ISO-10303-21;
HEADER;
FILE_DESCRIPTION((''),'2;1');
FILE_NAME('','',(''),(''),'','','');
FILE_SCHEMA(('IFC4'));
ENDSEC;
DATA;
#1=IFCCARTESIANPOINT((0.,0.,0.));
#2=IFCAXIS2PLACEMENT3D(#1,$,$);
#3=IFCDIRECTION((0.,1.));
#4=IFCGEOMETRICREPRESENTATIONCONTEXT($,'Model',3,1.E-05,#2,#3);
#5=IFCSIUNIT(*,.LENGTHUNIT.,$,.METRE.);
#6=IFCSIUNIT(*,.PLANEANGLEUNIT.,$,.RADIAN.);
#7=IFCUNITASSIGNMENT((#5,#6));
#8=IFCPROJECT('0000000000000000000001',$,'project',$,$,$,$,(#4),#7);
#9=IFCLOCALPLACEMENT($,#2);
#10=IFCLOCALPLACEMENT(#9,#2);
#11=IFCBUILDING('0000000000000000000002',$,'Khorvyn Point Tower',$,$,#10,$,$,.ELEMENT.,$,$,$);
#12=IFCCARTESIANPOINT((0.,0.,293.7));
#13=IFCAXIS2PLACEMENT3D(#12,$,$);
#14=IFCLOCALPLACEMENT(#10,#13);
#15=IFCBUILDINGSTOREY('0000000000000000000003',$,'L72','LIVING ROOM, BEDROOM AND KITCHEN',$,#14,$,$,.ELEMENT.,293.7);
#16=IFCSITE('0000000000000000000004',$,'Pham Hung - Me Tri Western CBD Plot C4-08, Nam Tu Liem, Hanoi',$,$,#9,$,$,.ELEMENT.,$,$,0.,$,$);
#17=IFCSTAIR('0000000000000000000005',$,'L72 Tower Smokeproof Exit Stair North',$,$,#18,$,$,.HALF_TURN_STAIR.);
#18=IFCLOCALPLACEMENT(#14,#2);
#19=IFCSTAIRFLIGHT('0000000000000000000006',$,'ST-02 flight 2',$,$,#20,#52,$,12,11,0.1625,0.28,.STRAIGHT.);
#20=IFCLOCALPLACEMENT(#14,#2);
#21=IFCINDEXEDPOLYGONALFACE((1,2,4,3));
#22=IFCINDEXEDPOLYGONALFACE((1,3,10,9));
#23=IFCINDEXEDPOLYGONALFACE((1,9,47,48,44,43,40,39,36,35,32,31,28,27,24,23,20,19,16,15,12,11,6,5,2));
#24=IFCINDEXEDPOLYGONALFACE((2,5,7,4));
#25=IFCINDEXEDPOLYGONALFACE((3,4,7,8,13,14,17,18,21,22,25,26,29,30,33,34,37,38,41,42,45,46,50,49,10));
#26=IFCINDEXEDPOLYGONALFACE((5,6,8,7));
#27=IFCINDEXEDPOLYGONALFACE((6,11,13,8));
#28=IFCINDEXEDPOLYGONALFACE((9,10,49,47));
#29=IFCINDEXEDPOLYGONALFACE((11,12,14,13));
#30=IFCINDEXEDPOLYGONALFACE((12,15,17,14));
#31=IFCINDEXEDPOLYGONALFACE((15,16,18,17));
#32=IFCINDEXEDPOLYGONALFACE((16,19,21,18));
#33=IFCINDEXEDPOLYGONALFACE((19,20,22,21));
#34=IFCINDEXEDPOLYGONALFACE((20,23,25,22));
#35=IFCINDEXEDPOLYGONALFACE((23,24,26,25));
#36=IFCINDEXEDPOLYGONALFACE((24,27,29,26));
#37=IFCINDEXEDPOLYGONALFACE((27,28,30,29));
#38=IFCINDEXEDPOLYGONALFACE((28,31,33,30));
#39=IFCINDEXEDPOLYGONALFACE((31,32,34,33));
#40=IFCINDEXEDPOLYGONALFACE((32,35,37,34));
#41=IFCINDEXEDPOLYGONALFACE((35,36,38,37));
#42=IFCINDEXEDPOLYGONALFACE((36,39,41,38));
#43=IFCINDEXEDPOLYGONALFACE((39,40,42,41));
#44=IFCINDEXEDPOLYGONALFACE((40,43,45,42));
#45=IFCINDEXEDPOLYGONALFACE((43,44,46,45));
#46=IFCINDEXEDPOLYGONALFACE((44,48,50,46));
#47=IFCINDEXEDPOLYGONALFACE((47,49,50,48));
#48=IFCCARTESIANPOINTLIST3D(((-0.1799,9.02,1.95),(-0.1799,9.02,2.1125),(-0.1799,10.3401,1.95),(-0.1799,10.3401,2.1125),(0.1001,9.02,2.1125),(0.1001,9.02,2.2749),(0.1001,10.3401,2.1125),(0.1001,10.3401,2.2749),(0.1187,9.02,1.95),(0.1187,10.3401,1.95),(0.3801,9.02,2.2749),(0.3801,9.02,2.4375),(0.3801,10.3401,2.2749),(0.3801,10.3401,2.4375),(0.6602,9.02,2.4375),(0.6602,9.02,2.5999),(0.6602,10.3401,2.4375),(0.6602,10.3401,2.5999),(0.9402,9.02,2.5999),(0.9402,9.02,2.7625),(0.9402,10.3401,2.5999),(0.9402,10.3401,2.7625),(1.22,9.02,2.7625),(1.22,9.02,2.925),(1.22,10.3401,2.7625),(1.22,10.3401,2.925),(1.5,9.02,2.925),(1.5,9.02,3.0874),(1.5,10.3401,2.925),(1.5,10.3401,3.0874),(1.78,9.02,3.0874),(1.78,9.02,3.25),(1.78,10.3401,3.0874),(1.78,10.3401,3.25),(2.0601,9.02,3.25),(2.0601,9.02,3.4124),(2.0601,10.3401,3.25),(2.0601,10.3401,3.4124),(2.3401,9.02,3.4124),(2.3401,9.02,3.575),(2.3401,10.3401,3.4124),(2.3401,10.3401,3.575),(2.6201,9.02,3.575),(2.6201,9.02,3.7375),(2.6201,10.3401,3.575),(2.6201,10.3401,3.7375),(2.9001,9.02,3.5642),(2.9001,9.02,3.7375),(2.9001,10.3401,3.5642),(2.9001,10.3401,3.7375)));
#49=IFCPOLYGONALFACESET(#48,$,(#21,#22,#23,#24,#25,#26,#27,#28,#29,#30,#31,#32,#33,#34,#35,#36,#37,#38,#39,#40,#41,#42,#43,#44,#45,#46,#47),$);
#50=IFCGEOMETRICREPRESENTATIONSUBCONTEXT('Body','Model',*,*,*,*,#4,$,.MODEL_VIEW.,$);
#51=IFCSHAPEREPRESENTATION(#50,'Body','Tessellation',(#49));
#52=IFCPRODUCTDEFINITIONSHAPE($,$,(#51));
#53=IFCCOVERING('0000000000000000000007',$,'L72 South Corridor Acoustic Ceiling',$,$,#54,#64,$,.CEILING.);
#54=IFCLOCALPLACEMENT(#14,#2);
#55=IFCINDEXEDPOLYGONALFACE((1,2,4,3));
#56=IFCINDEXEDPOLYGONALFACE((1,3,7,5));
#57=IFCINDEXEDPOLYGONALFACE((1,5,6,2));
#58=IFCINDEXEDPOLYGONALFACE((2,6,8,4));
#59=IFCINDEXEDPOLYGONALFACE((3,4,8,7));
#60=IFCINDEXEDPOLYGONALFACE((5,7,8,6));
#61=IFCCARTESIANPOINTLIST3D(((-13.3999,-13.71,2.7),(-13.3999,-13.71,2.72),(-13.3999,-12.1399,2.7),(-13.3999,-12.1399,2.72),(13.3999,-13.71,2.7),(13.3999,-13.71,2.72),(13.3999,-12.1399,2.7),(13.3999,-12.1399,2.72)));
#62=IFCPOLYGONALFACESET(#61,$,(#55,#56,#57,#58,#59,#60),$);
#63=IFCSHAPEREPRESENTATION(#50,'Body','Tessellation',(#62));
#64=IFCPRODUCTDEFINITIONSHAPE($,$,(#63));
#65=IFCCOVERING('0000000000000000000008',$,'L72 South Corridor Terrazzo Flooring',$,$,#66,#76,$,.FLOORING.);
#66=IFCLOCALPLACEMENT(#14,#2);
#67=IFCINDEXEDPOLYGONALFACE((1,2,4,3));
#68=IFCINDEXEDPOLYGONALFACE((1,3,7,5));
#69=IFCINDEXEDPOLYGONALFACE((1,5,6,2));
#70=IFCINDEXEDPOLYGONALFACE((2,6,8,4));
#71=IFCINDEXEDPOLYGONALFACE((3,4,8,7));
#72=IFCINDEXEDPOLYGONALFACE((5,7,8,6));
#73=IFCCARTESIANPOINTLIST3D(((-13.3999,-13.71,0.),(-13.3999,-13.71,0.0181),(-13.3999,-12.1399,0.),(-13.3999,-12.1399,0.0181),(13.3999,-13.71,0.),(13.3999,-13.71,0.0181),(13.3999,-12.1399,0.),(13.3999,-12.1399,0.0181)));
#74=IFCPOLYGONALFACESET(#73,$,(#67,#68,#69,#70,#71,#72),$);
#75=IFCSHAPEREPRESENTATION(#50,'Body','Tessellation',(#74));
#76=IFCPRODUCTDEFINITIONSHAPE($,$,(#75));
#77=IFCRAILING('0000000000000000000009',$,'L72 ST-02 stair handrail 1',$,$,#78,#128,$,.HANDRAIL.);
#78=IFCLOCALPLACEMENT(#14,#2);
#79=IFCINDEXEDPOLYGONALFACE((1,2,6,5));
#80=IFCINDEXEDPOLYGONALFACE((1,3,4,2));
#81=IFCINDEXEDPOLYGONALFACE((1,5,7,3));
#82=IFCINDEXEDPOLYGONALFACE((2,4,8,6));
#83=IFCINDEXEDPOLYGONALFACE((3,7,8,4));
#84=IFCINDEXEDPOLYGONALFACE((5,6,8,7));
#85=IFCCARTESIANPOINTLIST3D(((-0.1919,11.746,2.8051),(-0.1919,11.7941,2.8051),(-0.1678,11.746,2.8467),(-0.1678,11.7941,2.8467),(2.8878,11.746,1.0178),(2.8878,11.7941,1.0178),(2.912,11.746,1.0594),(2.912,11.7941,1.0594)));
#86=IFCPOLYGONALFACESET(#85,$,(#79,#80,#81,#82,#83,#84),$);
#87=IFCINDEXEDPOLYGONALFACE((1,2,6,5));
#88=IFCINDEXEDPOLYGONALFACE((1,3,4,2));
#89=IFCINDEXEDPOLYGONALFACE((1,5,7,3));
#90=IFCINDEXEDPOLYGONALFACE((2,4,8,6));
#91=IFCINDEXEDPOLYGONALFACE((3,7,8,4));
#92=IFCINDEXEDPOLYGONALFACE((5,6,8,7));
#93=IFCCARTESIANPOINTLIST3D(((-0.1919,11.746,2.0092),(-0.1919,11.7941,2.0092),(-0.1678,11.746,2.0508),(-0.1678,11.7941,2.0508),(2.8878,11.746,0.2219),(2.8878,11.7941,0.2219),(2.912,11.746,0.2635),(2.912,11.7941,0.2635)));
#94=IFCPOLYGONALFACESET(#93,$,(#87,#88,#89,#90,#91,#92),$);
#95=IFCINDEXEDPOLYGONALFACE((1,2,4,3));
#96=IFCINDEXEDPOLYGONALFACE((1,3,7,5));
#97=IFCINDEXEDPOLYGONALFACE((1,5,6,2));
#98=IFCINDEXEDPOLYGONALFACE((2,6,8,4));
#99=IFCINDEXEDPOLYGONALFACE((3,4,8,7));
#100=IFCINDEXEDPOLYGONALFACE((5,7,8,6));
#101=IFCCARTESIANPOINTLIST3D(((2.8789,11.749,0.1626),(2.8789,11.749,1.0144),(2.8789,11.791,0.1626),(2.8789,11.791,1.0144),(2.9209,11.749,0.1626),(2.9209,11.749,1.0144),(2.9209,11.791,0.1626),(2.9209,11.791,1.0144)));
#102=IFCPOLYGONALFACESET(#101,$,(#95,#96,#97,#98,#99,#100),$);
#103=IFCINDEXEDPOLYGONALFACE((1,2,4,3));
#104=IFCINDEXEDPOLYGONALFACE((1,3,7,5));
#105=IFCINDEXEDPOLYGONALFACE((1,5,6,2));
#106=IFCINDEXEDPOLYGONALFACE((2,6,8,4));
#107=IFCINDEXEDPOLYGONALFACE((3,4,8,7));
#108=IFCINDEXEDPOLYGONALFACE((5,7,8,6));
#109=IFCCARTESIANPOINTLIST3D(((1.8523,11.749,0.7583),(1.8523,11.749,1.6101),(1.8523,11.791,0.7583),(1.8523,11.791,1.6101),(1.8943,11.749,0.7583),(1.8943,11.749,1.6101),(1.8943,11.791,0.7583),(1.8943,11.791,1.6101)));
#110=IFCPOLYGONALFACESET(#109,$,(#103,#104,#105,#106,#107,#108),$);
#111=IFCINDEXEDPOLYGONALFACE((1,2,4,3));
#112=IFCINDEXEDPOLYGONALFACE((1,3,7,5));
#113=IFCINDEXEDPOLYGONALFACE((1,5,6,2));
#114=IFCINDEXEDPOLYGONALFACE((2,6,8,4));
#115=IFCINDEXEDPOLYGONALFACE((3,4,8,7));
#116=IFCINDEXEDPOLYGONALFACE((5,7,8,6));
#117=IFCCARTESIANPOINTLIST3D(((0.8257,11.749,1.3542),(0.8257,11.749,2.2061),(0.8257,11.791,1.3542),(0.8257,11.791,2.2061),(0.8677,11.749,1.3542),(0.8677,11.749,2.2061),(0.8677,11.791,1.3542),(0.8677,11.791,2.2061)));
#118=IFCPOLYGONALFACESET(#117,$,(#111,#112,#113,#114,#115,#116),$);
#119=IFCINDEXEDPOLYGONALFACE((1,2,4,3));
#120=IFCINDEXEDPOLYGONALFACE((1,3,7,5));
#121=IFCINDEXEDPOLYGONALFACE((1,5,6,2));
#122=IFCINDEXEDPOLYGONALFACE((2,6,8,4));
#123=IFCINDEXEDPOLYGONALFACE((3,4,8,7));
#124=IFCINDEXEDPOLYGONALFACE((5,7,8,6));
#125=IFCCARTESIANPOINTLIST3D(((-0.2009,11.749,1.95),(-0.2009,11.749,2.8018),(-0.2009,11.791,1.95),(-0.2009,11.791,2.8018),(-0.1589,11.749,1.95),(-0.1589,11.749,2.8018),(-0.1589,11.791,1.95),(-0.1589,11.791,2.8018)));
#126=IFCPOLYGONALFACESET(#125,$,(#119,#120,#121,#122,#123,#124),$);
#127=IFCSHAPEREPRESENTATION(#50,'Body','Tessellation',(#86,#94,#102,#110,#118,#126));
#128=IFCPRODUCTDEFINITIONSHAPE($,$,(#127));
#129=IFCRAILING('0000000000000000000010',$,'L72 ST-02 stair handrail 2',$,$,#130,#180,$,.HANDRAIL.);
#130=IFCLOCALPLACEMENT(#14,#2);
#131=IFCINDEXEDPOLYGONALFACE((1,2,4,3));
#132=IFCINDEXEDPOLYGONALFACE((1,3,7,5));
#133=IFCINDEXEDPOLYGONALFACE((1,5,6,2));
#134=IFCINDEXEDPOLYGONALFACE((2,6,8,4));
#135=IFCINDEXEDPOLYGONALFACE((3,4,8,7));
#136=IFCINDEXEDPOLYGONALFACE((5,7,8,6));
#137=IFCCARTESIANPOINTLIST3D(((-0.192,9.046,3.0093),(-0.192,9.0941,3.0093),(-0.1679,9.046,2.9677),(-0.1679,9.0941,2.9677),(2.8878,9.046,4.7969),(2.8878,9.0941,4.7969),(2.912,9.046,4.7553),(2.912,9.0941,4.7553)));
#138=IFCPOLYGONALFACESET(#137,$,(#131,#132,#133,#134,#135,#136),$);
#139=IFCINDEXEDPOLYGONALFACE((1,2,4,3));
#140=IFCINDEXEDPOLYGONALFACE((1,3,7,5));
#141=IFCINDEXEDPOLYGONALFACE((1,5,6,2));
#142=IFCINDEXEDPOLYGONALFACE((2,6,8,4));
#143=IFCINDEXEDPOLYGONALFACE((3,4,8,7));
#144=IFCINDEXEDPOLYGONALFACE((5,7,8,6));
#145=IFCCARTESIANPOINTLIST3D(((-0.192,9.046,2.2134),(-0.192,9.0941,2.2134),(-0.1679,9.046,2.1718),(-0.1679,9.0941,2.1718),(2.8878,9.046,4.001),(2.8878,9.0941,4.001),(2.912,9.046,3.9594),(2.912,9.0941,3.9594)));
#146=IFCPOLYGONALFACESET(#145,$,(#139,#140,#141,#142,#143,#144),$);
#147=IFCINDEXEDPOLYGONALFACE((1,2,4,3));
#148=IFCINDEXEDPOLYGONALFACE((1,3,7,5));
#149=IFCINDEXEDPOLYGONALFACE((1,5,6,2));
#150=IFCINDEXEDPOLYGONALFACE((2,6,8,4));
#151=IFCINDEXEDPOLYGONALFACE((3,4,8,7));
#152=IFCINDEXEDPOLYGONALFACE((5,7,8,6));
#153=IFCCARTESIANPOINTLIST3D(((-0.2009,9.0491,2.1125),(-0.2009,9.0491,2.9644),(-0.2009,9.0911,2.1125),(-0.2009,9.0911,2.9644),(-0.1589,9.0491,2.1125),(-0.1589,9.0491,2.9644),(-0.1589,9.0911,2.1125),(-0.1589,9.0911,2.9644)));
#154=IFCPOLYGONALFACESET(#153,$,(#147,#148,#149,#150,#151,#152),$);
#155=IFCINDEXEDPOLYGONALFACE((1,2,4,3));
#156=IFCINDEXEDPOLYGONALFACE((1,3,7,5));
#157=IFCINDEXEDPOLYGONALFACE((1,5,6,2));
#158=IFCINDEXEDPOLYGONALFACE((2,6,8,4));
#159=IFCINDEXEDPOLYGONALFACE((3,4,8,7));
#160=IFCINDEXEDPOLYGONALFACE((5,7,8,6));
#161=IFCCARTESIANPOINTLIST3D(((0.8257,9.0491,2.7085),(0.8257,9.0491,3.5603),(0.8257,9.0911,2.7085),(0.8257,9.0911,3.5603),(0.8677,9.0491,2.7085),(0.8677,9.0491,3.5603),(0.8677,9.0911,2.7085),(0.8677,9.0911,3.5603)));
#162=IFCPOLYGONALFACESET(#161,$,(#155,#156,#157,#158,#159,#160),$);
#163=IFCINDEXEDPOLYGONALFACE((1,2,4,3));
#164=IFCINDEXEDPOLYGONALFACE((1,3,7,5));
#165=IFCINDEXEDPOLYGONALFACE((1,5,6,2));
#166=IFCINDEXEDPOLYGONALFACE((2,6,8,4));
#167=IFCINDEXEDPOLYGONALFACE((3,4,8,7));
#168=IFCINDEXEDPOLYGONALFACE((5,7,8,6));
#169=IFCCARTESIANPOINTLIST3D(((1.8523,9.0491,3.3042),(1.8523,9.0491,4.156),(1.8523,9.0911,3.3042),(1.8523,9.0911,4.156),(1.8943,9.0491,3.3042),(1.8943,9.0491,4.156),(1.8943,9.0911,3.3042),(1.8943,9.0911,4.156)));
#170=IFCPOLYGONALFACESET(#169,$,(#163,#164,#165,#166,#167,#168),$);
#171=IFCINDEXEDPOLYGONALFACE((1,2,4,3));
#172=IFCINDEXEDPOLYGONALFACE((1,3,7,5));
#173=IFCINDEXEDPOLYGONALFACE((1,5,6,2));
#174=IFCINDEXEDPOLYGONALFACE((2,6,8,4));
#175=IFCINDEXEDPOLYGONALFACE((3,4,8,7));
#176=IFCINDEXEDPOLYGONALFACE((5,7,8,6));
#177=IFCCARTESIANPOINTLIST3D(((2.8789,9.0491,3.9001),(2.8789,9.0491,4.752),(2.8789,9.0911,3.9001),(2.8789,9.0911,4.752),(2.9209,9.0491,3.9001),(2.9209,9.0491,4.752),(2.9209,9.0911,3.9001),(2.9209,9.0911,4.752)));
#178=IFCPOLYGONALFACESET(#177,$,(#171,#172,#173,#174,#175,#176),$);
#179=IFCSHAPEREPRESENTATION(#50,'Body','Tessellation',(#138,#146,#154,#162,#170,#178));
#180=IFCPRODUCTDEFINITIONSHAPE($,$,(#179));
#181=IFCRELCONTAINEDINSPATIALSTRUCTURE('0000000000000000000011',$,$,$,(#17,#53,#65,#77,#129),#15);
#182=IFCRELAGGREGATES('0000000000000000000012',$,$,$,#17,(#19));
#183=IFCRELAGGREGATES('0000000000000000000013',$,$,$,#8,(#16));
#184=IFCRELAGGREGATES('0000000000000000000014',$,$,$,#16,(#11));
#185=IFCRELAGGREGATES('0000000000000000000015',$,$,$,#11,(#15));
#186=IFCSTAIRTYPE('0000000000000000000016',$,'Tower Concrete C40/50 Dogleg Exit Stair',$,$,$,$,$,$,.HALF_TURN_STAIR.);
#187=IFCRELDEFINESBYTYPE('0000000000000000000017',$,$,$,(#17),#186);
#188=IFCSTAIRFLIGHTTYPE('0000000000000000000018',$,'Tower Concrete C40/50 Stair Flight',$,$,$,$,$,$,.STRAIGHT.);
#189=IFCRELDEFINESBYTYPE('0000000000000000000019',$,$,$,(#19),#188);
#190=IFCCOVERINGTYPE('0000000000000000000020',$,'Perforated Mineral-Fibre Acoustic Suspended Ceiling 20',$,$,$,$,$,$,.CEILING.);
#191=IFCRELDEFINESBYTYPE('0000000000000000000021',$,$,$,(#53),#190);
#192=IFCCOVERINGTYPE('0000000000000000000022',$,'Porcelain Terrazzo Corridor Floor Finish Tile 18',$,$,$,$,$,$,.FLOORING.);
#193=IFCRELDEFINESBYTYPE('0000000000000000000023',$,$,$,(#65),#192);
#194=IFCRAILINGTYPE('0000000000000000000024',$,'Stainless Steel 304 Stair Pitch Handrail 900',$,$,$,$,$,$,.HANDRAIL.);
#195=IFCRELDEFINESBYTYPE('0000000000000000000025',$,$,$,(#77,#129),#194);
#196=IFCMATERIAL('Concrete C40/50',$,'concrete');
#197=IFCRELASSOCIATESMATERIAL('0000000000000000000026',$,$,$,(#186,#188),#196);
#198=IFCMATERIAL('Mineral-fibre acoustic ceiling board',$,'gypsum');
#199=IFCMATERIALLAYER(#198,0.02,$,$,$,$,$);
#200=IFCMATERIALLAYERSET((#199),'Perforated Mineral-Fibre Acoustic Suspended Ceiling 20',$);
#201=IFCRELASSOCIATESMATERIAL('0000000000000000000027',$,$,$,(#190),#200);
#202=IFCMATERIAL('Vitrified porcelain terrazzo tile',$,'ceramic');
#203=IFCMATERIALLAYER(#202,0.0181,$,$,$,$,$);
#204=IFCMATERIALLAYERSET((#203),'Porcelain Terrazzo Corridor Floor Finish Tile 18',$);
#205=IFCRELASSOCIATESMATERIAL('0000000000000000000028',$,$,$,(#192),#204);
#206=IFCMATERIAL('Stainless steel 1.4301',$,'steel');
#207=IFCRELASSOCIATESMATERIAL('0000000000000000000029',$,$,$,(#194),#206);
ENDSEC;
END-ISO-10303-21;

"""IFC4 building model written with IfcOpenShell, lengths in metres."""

from ifc_helpers import new_model, si_unit, direction, frame, origin, origin_2d, place, context, subcontext, project, spatial, polyline, rectangle, outline, extrude, material, layer, layer_set, type_object, element, aggregate, save


model = new_model("IFC4")

# Units and contexts
model_context = context("Model", 3, precision=1e-05, world=origin(), true_north=direction((0.0, 1.0)))
body_context = subcontext(model_context, "Body", "Model", "MODEL_VIEW")
ifc_project = project(units=[si_unit("LENGTHUNIT", "METRE"), si_unit("PLANEANGLEUNIT", "RADIAN")], contexts=[model_context])

# Site, building, storey
site_placement = place(None, origin())
site = spatial("IfcSite", under=ifc_project, at=site_placement, Name="Pham Hung - Me Tri Western CBD Plot C4-08, Nam Tu Liem, Hanoi", CompositionType="ELEMENT", RefElevation=0.0)
building_placement = place(site_placement, origin())
building = spatial("IfcBuilding", under=site, at=building_placement, Name="Khorvyn Point Tower", CompositionType="ELEMENT")
storey_placement = place(building_placement, frame((0.0, 0.0, 293.7)))
storey = spatial("IfcBuildingStorey", under=building, at=storey_placement, Name="L72", Description="LIVING ROOM, BEDROOM AND KITCHEN", CompositionType="ELEMENT", Elevation=293.7)

# Shared definitions
ifc_material_1 = material(Name="Concrete C40/50", Category="concrete")

# Stair
stair_type = type_object("IfcStairType", Name="Tower Concrete C40/50 Dogleg Exit Stair", PredefinedType="HALF_TURN_STAIR", material=ifc_material_1)
stair_1_placement = place(storey_placement, origin())
stair_1 = element("IfcStair", 1, at=stair_1_placement, inside=storey, type_object=stair_type, Name="L72 Tower Smokeproof Exit Stair North", PredefinedType="HALF_TURN_STAIR")

# Shared definitions
ifc_material_2 = material(Name="Stainless steel 1.4301", Category="steel")

# Stair flight
stair_flight_type = type_object("IfcStairFlightType", Name="Tower Concrete C40/50 Stair Flight", PredefinedType="STRAIGHT", material=ifc_material_1)
stair_flight_1_placement = place(storey_placement, frame((-0.1799, 9.6799, 1.95), z_axis=(0.0, 0.0, 1.0), x_axis=(1.0, 0.0, 0.0)))
stair_flight_1 = element("IfcStairFlight", 2, at=stair_flight_1_placement, type_object=stair_flight_type, Name="ST-02 flight 2", NumberOfRisers=12, NumberOfTreads=11, PredefinedType="STRAIGHT", RiserHeight=0.1625, TreadLength=0.28, context=body_context, shape_type="SweptSolid", body=[
    extrude(outline(polyline([(0.0, 0.0), (0.0, 0.1626), (0.28, 0.1626), (0.28, 0.325), (0.5601, 0.325), (0.5601, 0.4875), (0.8401, 0.4875), (0.8401, 0.6499), (1.1201, 0.6499), (1.1201, 0.8125), (1.3999, 0.8125), (1.3999, 0.9751), (1.6799, 0.9751), (1.6799, 1.1375), (1.96, 1.1375), (1.96, 1.3), (2.24, 1.3), (2.24, 1.4624), (2.52, 1.4624), (2.52, 1.625), (2.8, 1.625), (2.8, 1.7876), (3.0801, 1.7876), (3.0801, 1.95), (3.0801, 1.6143), (0.2986, 0.0), (0.0, 0.0)])), frame((0.0, 0.6602, 0.0), z_axis=(0.0, -1.0, 0.0), x_axis=(1.0, 0.0, 0.0)), (0.0, 0.0, 1.0), 1.3201),
])
aggregate(stair_1, [stair_flight_1])

# Coverings
ifc_material_3 = material(Name="Mineral-fibre acoustic ceiling board", Category="gypsum")
ifc_layer_1 = layer(ifc_material_3, 0.02)
ifc_layer_set_1 = layer_set([ifc_layer_1], Name="Perforated Mineral-Fibre Acoustic Suspended Ceiling 20")
covering_type_1 = type_object("IfcCoveringType", Name="Perforated Mineral-Fibre Acoustic Suspended Ceiling 20", PredefinedType="CEILING", material=ifc_layer_set_1)
covering_1_placement = place(storey_placement, frame((0.0, 0.0, 2.7)))
element("IfcCovering", 3, at=covering_1_placement, inside=storey, type_object=covering_type_1, Name="L72 South Corridor Acoustic Ceiling", PredefinedType="CEILING", context=body_context, shape_type="SweptSolid", body=[
    extrude(outline(polyline([(-13.3999, -13.71), (13.3999, -13.71), (13.3999, -12.1399), (-13.3999, -12.1399), (-13.3999, -13.71)])), origin(), (0.0, 0.0, 1.0), 0.02),
])
ifc_material_4 = material(Name="Vitrified porcelain terrazzo tile", Category="ceramic")
ifc_layer_2 = layer(ifc_material_4, 0.0181)
ifc_layer_set_2 = layer_set([ifc_layer_2], Name="Porcelain Terrazzo Corridor Floor Finish Tile 18")
covering_type_2 = type_object("IfcCoveringType", Name="Porcelain Terrazzo Corridor Floor Finish Tile 18", PredefinedType="FLOORING", material=ifc_layer_set_2)
covering_2_placement = place(storey_placement, origin())
element("IfcCovering", 4, at=covering_2_placement, inside=storey, type_object=covering_type_2, Name="L72 South Corridor Terrazzo Flooring", PredefinedType="FLOORING", context=body_context, shape_type="SweptSolid", body=[
    extrude(outline(polyline([(-13.3999, -13.71), (13.3999, -13.71), (13.3999, -12.1399), (-13.3999, -12.1399), (-13.3999, -13.71)])), origin(), (0.0, 0.0, 1.0), 0.0181),
])

# Railings
railing_type_1 = type_object("IfcRailingType", Name="Stainless Steel 304 Stair Pitch Handrail 900", PredefinedType="HANDRAIL", material=ifc_material_2)
railing_1_placement = place(storey_placement, frame((2.8999, 11.77, 0.1626)))
element("IfcRailing", 5, at=railing_1_placement, inside=storey, type_object=railing_type_1, Name="L72 ST-02 stair handrail 1", PredefinedType="HANDRAIL", context=body_context, shape_type="SweptSolid", body=[
    extrude(rectangle(XDim=0.0481, YDim=0.0481, at=origin_2d()), frame((0.0, 0.0, 0.876), z_axis=(-0.864903, 0.0, 0.501939), x_axis=(0.0, -1.0, 0.0)), (0.0, 0.0, 1.0), 3.5608),
    extrude(rectangle(XDim=0.0481, YDim=0.0481, at=origin_2d()), frame((0.0, 0.0, 0.0801), z_axis=(-0.864903, 0.0, 0.501939), x_axis=(0.0, -1.0, 0.0)), (0.0, 0.0, 1.0), 3.5608),
    extrude(rectangle(XDim=0.042, YDim=0.042, at=origin_2d()), origin(), (0.0, 0.0, 1.0), 0.8518),
    extrude(rectangle(XDim=0.042, YDim=0.042, at=origin_2d()), frame((-1.0266, 0.0, 0.5957)), (0.0, 0.0, 1.0), 0.8518),
    extrude(rectangle(XDim=0.042, YDim=0.042, at=origin_2d()), frame((-2.0532, 0.0, 1.1917)), (0.0, 0.0, 1.0), 0.8518),
    extrude(rectangle(XDim=0.042, YDim=0.042, at=origin_2d()), frame((-3.0798, 0.0, 1.7874)), (0.0, 0.0, 1.0), 0.8518),
])
railing_2_placement = place(storey_placement, frame((-0.1799, 9.0701, 2.1125)))
element("IfcRailing", 6, at=railing_2_placement, inside=storey, type_object=railing_type_1, Name="L72 ST-02 stair handrail 2", PredefinedType="HANDRAIL", context=body_context, shape_type="SweptSolid", body=[
    extrude(rectangle(XDim=0.0481, YDim=0.0481, at=origin_2d()), frame((0.0, 0.0, 0.876), z_axis=(0.864873, 0.0, 0.50199), x_axis=(0.0, 1.0, 0.0)), (0.0, 0.0, 1.0), 3.561),
    extrude(rectangle(XDim=0.0481, YDim=0.0481, at=origin_2d()), frame((0.0, 0.0, 0.0801), z_axis=(0.864873, 0.0, 0.50199), x_axis=(0.0, 1.0, 0.0)), (0.0, 0.0, 1.0), 3.561),
    extrude(rectangle(XDim=0.042, YDim=0.042, at=origin_2d()), origin(), (0.0, 0.0, 1.0), 0.8518),
    extrude(rectangle(XDim=0.042, YDim=0.042, at=origin_2d()), frame((1.0266, 0.0, 0.5959)), (0.0, 0.0, 1.0), 0.8518),
    extrude(rectangle(XDim=0.042, YDim=0.042, at=origin_2d()), frame((2.0532, 0.0, 1.1917)), (0.0, 0.0, 1.0), 0.8518),
    extrude(rectangle(XDim=0.042, YDim=0.042, at=origin_2d()), frame((3.0798, 0.0, 1.7876)), (0.0, 0.0, 1.0), 0.8518),
])

save(model, "model.ifc")
